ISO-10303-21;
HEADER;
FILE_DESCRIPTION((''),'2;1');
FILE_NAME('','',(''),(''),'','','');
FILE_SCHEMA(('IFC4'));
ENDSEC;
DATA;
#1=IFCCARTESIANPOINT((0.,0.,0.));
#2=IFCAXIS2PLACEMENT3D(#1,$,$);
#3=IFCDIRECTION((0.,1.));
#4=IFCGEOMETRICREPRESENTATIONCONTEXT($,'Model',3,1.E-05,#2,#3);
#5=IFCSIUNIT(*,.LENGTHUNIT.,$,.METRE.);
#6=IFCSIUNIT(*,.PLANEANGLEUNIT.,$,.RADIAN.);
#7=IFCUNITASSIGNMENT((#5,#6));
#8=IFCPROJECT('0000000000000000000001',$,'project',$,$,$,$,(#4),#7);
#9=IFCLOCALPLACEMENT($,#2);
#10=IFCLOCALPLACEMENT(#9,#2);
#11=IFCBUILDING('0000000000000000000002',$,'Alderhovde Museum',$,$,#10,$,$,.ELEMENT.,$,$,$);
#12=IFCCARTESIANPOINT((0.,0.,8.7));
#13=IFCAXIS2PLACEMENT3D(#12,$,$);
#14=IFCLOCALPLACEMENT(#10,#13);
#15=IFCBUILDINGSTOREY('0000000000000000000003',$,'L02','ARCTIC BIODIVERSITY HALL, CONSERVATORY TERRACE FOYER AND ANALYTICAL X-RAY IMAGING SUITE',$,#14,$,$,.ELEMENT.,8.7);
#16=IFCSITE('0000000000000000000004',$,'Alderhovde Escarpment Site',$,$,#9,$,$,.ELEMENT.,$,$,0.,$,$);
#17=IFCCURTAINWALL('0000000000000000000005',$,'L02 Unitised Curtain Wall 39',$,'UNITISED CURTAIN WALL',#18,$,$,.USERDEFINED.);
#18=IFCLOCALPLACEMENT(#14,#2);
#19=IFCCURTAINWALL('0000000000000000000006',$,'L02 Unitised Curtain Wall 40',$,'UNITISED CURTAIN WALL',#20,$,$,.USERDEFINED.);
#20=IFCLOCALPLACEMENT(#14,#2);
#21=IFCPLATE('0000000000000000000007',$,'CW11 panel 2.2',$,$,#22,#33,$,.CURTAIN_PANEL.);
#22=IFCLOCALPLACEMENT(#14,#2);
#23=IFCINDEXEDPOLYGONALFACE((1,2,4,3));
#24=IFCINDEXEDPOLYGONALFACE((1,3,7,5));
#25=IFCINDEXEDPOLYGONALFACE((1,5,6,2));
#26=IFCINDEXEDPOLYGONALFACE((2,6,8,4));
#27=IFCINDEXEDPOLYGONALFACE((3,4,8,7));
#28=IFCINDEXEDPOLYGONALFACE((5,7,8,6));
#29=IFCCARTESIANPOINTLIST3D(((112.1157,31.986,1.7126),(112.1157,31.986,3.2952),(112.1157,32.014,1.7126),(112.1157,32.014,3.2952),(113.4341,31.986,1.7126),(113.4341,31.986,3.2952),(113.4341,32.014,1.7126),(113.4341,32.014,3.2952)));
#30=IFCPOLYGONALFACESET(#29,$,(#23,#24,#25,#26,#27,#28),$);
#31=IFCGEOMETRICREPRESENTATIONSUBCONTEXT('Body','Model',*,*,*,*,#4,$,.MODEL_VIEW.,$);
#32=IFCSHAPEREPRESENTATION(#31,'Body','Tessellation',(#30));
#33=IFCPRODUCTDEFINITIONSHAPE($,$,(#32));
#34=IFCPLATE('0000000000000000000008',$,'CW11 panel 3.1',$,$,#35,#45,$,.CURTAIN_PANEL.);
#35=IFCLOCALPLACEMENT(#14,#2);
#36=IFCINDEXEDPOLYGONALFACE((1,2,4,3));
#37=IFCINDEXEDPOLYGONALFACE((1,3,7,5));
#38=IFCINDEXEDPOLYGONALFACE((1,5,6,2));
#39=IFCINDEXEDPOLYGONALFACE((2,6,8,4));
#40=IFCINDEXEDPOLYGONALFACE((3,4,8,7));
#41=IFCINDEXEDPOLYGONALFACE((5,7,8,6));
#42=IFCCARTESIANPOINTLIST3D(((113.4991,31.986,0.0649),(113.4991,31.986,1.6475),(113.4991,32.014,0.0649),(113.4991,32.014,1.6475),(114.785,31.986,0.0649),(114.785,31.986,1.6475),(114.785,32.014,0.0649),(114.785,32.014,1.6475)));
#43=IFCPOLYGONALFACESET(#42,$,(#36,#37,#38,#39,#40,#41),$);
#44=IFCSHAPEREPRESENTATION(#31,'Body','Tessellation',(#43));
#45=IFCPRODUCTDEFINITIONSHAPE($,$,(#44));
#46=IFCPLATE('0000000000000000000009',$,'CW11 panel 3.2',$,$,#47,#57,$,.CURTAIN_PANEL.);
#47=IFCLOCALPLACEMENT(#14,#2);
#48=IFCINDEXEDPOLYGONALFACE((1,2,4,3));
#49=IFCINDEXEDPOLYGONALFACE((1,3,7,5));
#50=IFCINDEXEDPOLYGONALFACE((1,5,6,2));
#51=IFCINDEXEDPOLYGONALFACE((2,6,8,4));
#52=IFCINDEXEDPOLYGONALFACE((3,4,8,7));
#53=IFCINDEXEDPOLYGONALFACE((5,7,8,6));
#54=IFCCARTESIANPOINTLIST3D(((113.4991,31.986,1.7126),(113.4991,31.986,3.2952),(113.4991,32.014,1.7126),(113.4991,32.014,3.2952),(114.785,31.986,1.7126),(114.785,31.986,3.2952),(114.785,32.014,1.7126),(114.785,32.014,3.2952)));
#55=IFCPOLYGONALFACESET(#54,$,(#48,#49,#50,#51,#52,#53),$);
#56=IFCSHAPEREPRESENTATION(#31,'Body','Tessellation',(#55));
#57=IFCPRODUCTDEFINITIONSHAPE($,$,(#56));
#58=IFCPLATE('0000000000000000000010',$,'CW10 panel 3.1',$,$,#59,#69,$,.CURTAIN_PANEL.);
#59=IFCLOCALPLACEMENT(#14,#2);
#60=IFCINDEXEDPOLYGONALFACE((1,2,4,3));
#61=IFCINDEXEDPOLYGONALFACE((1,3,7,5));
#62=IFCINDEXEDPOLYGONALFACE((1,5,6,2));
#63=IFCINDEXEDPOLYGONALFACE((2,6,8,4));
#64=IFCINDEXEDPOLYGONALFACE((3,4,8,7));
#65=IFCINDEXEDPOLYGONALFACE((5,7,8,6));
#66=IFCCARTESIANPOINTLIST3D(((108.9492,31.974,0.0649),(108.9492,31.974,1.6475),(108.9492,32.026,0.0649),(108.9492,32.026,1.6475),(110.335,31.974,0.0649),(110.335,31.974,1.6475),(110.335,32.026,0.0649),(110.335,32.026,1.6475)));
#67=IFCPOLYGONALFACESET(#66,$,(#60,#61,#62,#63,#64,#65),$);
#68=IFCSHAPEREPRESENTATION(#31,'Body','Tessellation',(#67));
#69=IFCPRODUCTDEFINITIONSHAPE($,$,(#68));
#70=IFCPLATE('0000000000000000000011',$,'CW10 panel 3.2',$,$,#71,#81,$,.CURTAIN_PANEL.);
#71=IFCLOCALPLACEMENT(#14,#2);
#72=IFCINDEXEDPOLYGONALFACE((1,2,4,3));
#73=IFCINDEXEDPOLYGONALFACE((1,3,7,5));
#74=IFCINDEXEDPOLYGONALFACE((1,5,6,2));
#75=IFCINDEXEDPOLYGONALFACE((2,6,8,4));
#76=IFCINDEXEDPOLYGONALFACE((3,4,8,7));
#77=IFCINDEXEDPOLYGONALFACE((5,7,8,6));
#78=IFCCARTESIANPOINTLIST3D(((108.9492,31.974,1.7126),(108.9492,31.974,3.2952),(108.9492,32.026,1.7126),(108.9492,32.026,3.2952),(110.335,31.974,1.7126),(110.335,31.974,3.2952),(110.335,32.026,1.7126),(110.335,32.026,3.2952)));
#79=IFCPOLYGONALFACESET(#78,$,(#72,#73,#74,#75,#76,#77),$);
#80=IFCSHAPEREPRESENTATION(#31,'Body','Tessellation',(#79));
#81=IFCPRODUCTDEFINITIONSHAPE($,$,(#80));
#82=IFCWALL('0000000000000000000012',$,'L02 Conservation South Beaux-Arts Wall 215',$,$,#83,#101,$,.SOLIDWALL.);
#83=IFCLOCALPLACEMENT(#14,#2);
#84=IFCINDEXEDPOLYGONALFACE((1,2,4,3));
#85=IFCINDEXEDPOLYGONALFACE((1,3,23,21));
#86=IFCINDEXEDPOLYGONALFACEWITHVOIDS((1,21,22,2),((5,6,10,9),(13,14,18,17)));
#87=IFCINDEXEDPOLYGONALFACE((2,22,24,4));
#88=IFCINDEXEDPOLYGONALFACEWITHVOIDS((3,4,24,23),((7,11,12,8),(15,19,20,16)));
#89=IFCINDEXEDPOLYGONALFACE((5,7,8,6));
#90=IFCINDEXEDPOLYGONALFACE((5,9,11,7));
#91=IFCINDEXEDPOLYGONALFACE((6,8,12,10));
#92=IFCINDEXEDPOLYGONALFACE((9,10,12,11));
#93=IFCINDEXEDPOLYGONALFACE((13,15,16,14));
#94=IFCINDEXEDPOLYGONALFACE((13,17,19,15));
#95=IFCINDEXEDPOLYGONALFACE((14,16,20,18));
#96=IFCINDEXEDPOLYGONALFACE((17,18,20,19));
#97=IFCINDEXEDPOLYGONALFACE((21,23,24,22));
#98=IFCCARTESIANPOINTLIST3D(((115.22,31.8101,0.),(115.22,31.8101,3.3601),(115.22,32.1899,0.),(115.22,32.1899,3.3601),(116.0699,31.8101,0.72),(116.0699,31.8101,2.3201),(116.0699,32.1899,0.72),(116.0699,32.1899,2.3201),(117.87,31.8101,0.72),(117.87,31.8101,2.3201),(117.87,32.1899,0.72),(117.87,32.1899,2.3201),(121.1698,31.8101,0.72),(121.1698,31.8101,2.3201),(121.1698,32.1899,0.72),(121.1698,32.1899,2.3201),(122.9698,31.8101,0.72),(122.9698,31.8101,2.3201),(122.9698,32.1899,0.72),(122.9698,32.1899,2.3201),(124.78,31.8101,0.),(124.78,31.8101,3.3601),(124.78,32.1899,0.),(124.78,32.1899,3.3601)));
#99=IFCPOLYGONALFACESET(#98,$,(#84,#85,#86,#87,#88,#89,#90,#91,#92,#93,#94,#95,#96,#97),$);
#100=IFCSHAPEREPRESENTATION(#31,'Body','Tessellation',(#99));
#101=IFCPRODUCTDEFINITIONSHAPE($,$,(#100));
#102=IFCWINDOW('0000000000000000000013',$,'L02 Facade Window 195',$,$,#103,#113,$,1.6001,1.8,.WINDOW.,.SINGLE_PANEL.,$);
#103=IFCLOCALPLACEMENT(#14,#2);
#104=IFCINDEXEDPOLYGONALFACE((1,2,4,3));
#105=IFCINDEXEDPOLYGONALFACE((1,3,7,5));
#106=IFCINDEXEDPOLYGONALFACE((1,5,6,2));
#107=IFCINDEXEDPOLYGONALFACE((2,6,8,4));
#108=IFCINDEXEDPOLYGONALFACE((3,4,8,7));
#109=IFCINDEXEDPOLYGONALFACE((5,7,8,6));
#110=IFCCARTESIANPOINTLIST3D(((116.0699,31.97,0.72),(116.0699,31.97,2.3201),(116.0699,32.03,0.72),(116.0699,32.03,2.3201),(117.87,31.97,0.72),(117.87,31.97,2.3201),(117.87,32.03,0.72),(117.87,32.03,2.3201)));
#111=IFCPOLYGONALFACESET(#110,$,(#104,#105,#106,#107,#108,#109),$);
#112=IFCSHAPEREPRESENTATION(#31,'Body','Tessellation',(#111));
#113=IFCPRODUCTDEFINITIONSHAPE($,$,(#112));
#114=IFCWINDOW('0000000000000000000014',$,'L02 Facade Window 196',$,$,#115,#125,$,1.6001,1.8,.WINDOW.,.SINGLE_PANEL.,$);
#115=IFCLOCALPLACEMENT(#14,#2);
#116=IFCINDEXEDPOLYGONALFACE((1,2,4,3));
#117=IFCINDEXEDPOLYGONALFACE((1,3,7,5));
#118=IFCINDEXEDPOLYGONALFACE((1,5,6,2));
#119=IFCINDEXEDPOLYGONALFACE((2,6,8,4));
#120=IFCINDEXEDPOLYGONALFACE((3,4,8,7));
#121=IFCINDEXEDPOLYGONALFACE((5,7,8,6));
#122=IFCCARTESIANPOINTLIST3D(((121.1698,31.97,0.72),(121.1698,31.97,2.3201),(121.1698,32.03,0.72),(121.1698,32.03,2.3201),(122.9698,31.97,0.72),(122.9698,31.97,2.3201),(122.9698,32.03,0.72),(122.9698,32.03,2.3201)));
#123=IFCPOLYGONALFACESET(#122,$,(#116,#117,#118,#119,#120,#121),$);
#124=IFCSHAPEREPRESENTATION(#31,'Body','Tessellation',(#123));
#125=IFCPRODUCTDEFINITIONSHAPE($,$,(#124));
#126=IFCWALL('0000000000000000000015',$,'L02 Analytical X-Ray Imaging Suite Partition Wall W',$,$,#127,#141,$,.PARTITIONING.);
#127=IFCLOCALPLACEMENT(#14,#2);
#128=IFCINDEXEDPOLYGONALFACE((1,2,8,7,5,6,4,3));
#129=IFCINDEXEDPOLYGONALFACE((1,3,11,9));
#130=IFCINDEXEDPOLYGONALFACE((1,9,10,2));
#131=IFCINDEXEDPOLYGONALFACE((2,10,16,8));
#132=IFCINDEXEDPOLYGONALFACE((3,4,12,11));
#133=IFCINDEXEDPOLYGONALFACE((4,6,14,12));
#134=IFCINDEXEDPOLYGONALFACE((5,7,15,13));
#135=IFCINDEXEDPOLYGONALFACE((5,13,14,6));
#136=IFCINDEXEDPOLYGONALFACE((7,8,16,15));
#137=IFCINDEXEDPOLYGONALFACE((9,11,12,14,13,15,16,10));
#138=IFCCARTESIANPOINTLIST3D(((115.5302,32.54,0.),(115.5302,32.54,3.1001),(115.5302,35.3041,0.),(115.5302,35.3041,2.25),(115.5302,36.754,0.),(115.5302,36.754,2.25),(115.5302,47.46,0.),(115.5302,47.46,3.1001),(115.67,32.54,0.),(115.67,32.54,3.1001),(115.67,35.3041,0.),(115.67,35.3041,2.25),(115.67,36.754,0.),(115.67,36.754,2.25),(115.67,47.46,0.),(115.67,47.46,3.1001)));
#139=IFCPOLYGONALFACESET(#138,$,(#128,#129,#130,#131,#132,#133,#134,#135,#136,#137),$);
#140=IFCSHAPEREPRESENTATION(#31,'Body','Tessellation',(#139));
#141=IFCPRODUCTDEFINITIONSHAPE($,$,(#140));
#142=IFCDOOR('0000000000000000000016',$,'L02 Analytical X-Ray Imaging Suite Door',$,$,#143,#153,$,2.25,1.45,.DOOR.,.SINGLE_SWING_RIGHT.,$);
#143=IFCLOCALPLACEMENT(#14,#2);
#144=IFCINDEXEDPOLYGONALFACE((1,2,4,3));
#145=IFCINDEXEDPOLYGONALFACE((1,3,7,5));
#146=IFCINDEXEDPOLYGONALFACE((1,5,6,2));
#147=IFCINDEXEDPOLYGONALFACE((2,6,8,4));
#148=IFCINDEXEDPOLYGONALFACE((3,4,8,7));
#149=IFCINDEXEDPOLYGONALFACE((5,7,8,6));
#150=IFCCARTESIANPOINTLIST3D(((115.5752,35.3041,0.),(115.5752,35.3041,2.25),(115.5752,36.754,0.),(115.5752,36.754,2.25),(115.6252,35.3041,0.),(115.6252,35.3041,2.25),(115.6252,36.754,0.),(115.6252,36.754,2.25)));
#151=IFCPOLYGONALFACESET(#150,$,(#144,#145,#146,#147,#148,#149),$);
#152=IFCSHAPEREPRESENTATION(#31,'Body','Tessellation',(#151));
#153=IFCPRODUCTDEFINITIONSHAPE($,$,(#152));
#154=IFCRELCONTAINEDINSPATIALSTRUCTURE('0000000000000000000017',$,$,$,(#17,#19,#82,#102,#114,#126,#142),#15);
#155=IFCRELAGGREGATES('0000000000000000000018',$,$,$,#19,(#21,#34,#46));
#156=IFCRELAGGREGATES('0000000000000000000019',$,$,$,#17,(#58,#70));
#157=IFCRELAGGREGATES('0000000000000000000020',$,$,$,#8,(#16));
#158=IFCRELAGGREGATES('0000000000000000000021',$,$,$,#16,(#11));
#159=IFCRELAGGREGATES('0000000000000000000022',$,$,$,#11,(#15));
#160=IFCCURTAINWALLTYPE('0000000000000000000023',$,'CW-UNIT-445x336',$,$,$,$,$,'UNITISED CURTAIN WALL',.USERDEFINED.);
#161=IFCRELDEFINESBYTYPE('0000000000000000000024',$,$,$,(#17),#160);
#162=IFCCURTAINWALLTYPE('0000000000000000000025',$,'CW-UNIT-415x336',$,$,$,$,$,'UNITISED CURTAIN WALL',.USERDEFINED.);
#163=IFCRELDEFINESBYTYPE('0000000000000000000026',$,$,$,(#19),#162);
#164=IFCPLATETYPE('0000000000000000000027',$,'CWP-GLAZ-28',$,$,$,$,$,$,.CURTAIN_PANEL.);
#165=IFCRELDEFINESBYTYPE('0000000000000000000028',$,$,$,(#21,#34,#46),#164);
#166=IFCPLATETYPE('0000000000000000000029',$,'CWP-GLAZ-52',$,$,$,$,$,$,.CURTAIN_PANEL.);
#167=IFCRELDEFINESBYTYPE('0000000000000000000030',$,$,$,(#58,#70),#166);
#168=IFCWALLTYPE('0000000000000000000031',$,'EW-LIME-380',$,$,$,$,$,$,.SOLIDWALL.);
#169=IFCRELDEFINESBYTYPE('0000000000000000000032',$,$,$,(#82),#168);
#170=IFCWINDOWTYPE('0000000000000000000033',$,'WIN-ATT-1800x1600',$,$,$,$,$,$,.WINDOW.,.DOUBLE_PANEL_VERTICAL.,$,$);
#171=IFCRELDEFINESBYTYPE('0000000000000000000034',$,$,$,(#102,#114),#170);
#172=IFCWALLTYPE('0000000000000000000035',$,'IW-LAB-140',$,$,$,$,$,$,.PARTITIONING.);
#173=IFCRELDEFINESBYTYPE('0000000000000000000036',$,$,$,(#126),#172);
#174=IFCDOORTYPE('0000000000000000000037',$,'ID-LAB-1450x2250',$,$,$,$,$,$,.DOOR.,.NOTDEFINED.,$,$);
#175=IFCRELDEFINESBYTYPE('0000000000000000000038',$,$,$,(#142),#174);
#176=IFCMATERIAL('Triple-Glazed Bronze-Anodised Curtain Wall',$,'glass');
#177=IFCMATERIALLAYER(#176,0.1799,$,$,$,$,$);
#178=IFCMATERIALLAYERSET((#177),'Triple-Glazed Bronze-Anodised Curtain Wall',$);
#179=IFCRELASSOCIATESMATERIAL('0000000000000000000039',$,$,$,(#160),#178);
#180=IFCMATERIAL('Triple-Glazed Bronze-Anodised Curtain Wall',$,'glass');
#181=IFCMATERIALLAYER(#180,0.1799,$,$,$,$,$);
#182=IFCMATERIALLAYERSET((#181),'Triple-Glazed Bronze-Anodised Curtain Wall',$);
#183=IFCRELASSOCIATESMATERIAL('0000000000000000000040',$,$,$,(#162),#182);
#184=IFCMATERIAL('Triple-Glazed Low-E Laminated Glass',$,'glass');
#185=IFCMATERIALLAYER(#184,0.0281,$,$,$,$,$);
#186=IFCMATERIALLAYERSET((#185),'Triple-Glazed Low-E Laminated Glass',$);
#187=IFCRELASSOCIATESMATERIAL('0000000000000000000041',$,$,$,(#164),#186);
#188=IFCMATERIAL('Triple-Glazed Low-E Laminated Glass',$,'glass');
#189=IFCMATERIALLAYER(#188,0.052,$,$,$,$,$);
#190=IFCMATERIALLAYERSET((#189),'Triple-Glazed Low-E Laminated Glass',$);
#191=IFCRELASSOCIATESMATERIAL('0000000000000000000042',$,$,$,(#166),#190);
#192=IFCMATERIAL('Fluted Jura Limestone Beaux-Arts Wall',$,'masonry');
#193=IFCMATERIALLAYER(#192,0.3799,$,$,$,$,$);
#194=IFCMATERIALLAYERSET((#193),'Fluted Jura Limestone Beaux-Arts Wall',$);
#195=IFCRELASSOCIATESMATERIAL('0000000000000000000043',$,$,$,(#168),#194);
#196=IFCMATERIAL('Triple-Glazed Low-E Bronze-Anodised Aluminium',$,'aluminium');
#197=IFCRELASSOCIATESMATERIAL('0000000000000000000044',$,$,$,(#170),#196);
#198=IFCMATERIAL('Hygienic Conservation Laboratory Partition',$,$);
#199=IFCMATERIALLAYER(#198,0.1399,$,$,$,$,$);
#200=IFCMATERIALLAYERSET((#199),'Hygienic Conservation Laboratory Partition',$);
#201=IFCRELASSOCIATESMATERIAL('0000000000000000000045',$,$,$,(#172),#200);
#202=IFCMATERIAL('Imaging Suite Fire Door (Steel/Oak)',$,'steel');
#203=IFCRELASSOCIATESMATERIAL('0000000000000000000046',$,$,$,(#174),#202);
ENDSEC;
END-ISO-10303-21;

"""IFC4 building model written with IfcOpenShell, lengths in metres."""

from ifc_helpers import new_model, si_unit, direction, frame, frame_2d, origin, origin_2d, place, context, subcontext, project, spatial, rectangle, extrude, material, layer, layer_set, type_object, element, fill, aggregate, save


model = new_model("IFC4")

# Units and contexts
model_context = context("Model", 3, precision=1e-05, world=origin(), true_north=direction((0.0, 1.0)))
body_context = subcontext(model_context, "Body", "Model", "MODEL_VIEW")
ifc_project = project(units=[si_unit("LENGTHUNIT", "METRE"), si_unit("PLANEANGLEUNIT", "RADIAN")], contexts=[model_context])

# Site, building, storey
site_placement = place(None, origin())
site = spatial("IfcSite", under=ifc_project, at=site_placement, Name="Alderhovde Escarpment Site", CompositionType="ELEMENT", RefElevation=0.0)
building_placement = place(site_placement, origin())
building = spatial("IfcBuilding", under=site, at=building_placement, Name="Alderhovde Museum", CompositionType="ELEMENT")
storey_placement = place(building_placement, frame((0.0, 0.0, 8.7)))
storey = spatial("IfcBuildingStorey", under=building, at=storey_placement, Name="L02", Description="ARCTIC BIODIVERSITY HALL, CONSERVATORY TERRACE FOYER AND ANALYTICAL X-RAY IMAGING SUITE", CompositionType="ELEMENT", Elevation=8.7)

# Curtain wall
ifc_material_1 = material(Name="Triple-Glazed Bronze-Anodised Curtain Wall", Category="glass")
ifc_layer_1 = layer(ifc_material_1, 0.1799)
ifc_layer_set_1 = layer_set([ifc_layer_1], Name="Triple-Glazed Bronze-Anodised Curtain Wall")
curtain_wall_type_1 = type_object("IfcCurtainWallType", Name="CW-UNIT-445x336", ElementType="UNITISED CURTAIN WALL", PredefinedType="USERDEFINED", material=ifc_layer_set_1)
curtain_wall_1_placement = place(storey_placement, origin())
curtain_wall_1 = element("IfcCurtainWall", 1, at=curtain_wall_1_placement, inside=storey, type_object=curtain_wall_type_1, Name="L02 Unitised Curtain Wall 39", ObjectType="UNITISED CURTAIN WALL", PredefinedType="USERDEFINED")

# Curtain wall
ifc_material_2 = material(Name="Triple-Glazed Bronze-Anodised Curtain Wall", Category="glass")
ifc_layer_2 = layer(ifc_material_2, 0.1799)
ifc_layer_set_2 = layer_set([ifc_layer_2], Name="Triple-Glazed Bronze-Anodised Curtain Wall")
curtain_wall_type_2 = type_object("IfcCurtainWallType", Name="CW-UNIT-415x336", ElementType="UNITISED CURTAIN WALL", PredefinedType="USERDEFINED", material=ifc_layer_set_2)
curtain_wall_2_placement = place(storey_placement, origin())
curtain_wall_2 = element("IfcCurtainWall", 2, at=curtain_wall_2_placement, inside=storey, type_object=curtain_wall_type_2, Name="L02 Unitised Curtain Wall 40", ObjectType="UNITISED CURTAIN WALL", PredefinedType="USERDEFINED")

# Plates
ifc_material_3 = material(Name="Triple-Glazed Low-E Laminated Glass", Category="glass")
ifc_layer_3 = layer(ifc_material_3, 0.0281)
ifc_layer_set_3 = layer_set([ifc_layer_3], Name="Triple-Glazed Low-E Laminated Glass")
plate_type_1 = type_object("IfcPlateType", Name="CWP-GLAZ-28", PredefinedType="CURTAIN_PANEL", material=ifc_layer_set_3)
plate_1_placement = place(storey_placement, frame((112.7749, 32.0, 1.7126), z_axis=(0.0, 0.0, 1.0), x_axis=(1.0, 0.0, 0.0)))
plate_1 = element("IfcPlate", 3, at=plate_1_placement, type_object=plate_type_1, Name="CW11 panel 2.2", PredefinedType="CURTAIN_PANEL", context=body_context, shape_type="SweptSolid", body=[
    extrude(rectangle(XDim=1.3184, YDim=0.0281, at=origin_2d()), origin(), (0.0, 0.0, 1.0), 1.5825),
])
plate_2_placement = place(storey_placement, frame((114.1421, 32.0, 0.0649), z_axis=(0.0, 0.0, 1.0), x_axis=(1.0, 0.0, 0.0)))
plate_2 = element("IfcPlate", 4, at=plate_2_placement, type_object=plate_type_1, Name="CW11 panel 3.1", PredefinedType="CURTAIN_PANEL", context=body_context, shape_type="SweptSolid", body=[
    extrude(rectangle(XDim=1.2859, YDim=0.0281, at=origin_2d()), origin(), (0.0, 0.0, 1.0), 1.5825),
])
plate_3_placement = place(storey_placement, frame((114.1421, 32.0, 1.7126), z_axis=(0.0, 0.0, 1.0), x_axis=(1.0, 0.0, 0.0)))
plate_3 = element("IfcPlate", 5, at=plate_3_placement, type_object=plate_type_1, Name="CW11 panel 3.2", PredefinedType="CURTAIN_PANEL", context=body_context, shape_type="SweptSolid", body=[
    extrude(rectangle(XDim=1.2859, YDim=0.0281, at=origin_2d()), origin(), (0.0, 0.0, 1.0), 1.5825),
])
aggregate(curtain_wall_2, [plate_1, plate_2, plate_3])
ifc_material_4 = material(Name="Triple-Glazed Low-E Laminated Glass", Category="glass")
ifc_layer_4 = layer(ifc_material_4, 0.052)
ifc_layer_set_4 = layer_set([ifc_layer_4], Name="Triple-Glazed Low-E Laminated Glass")
plate_type_2 = type_object("IfcPlateType", Name="CWP-GLAZ-52", PredefinedType="CURTAIN_PANEL", material=ifc_layer_set_4)
plate_4_placement = place(storey_placement, frame((109.6421, 32.0, 0.0649), z_axis=(0.0, 0.0, 1.0), x_axis=(1.0, 0.0, 0.0)))
plate_4 = element("IfcPlate", 6, at=plate_4_placement, type_object=plate_type_2, Name="CW10 panel 3.1", PredefinedType="CURTAIN_PANEL", context=body_context, shape_type="SweptSolid", body=[
    extrude(rectangle(XDim=1.3857, YDim=0.052, at=origin_2d()), origin(), (0.0, 0.0, 1.0), 1.5825),
])
plate_5_placement = place(storey_placement, frame((109.6421, 32.0, 1.7126), z_axis=(0.0, 0.0, 1.0), x_axis=(1.0, 0.0, 0.0)))
plate_5 = element("IfcPlate", 7, at=plate_5_placement, type_object=plate_type_2, Name="CW10 panel 3.2", PredefinedType="CURTAIN_PANEL", context=body_context, shape_type="SweptSolid", body=[
    extrude(rectangle(XDim=1.3857, YDim=0.052, at=origin_2d()), origin(), (0.0, 0.0, 1.0), 1.5825),
])
aggregate(curtain_wall_1, [plate_4, plate_5])

# Wall, openings, windows
ifc_material_5 = material(Name="Fluted Jura Limestone Beaux-Arts Wall", Category="masonry")
ifc_layer_5 = layer(ifc_material_5, 0.3799)
ifc_layer_set_5 = layer_set([ifc_layer_5], Name="Fluted Jura Limestone Beaux-Arts Wall")
wall_type_1 = type_object("IfcWallType", Name="EW-LIME-380", PredefinedType="SOLIDWALL", material=ifc_layer_set_5)
wall_1_placement = place(storey_placement, frame((115.22, 32.0, 0.0), z_axis=(0.0, 0.0, 1.0), x_axis=(1.0, 0.0, 0.0)))
wall_1 = element("IfcWall", 8, at=wall_1_placement, inside=storey, type_object=wall_type_1, Name="L02 Conservation South Beaux-Arts Wall 215", PredefinedType="SOLIDWALL", context=body_context, shape_type="SweptSolid", body=[
    extrude(rectangle(XDim=9.5601, YDim=0.3799, at=frame_2d((4.78, 0.0))), origin(), (0.0, 0.0, 1.0), 3.3601),
])
opening_1_placement = place(wall_1_placement, frame((0.8501, 0.0, 0.72)))
opening_1 = element("IfcOpeningElement", 9, at=opening_1_placement, cuts=wall_1, PredefinedType="OPENING", context=body_context, shape_type="SweptSolid", body=[
    extrude(rectangle(XDim=1.8, YDim=1.6001, at=frame_2d((0.8999, 0.8))), frame((0.0, 0.2, 0.0), z_axis=(0.0, -1.0, 0.0), x_axis=(1.0, 0.0, 0.0)), (0.0, 0.0, 1.0), 0.3999),
])
opening_2_placement = place(wall_1_placement, frame((5.95, 0.0, 0.72)))
opening_2 = element("IfcOpeningElement", 10, at=opening_2_placement, cuts=wall_1, PredefinedType="OPENING", context=body_context, shape_type="SweptSolid", body=[
    extrude(rectangle(XDim=1.8, YDim=1.6001, at=frame_2d((0.8999, 0.8))), frame((0.0, 0.2, 0.0), z_axis=(0.0, -1.0, 0.0), x_axis=(1.0, 0.0, 0.0)), (0.0, 0.0, 1.0), 0.3999),
])
ifc_material_6 = material(Name="Triple-Glazed Low-E Bronze-Anodised Aluminium", Category="aluminium")
window_type = type_object("IfcWindowType", Name="WIN-ATT-1800x1600", PartitioningType="DOUBLE_PANEL_VERTICAL", PredefinedType="WINDOW", material=ifc_material_6)
window_1_placement = place(opening_1_placement, origin())
window_1 = element("IfcWindow", 11, at=window_1_placement, inside=storey, type_object=window_type, Name="L02 Facade Window 195", OverallHeight=1.6001, OverallWidth=1.8, PartitioningType="SINGLE_PANEL", PredefinedType="WINDOW", context=body_context, shape_type="SweptSolid", body=[
    extrude(rectangle(XDim=1.8, YDim=1.6001, at=frame_2d((0.8999, 0.8))), frame((0.0, 0.03, 0.0), z_axis=(0.0, -1.0, 0.0), x_axis=(1.0, 0.0, 0.0)), (0.0, 0.0, 1.0), 0.0601),
])
fill(opening_1, window_1)
window_2_placement = place(opening_2_placement, origin())
window_2 = element("IfcWindow", 12, at=window_2_placement, inside=storey, type_object=window_type, Name="L02 Facade Window 196", OverallHeight=1.6001, OverallWidth=1.8, PartitioningType="SINGLE_PANEL", PredefinedType="WINDOW", context=body_context, shape_type="SweptSolid", body=[
    extrude(rectangle(XDim=1.8, YDim=1.6001, at=frame_2d((0.8999, 0.8))), frame((0.0, 0.03, 0.0), z_axis=(0.0, -1.0, 0.0), x_axis=(1.0, 0.0, 0.0)), (0.0, 0.0, 1.0), 0.0601),
])
fill(opening_2, window_2)

# Wall, opening, door
ifc_material_7 = material(Name="Hygienic Conservation Laboratory Partition")
ifc_layer_6 = layer(ifc_material_7, 0.1399)
ifc_layer_set_6 = layer_set([ifc_layer_6], Name="Hygienic Conservation Laboratory Partition")
wall_type_2 = type_object("IfcWallType", Name="IW-LAB-140", PredefinedType="PARTITIONING", material=ifc_layer_set_6)
wall_2_placement = place(storey_placement, frame((115.6001, 32.54, 0.0), z_axis=(0.0, 0.0, 1.0), x_axis=(0.0, 1.0, 0.0)))
wall_2 = element("IfcWall", 13, at=wall_2_placement, inside=storey, type_object=wall_type_2, Name="L02 Analytical X-Ray Imaging Suite Partition Wall W", PredefinedType="PARTITIONING", context=body_context, shape_type="SweptSolid", body=[
    extrude(rectangle(XDim=14.9199, YDim=0.1399, at=frame_2d((7.46, 0.0))), origin(), (0.0, 0.0, 1.0), 3.1001),
])
opening_3_placement = place(wall_2_placement, frame((2.7639, 0.0, 0.0)))
opening_3 = element("IfcOpeningElement", 14, at=opening_3_placement, cuts=wall_2, PredefinedType="OPENING", context=body_context, shape_type="SweptSolid", body=[
    extrude(rectangle(XDim=1.45, YDim=2.25, at=frame_2d((0.7251, 1.125))), frame((0.0, 0.0801, 0.0), z_axis=(0.0, -1.0, 0.0), x_axis=(1.0, 0.0, 0.0)), (0.0, 0.0, 1.0), 0.1599),
])
ifc_material_8 = material(Name="Imaging Suite Fire Door (Steel/Oak)", Category="steel")
door_type = type_object("IfcDoorType", Name="ID-LAB-1450x2250", OperationType="NOTDEFINED", PredefinedType="DOOR", material=ifc_material_8)
door_placement = place(opening_3_placement, origin())
door = element("IfcDoor", 15, at=door_placement, inside=storey, type_object=door_type, Name="L02 Analytical X-Ray Imaging Suite Door", OperationType="SINGLE_SWING_RIGHT", OverallHeight=2.25, OverallWidth=1.45, PredefinedType="DOOR", context=body_context, shape_type="SweptSolid", body=[
    extrude(rectangle(XDim=1.45, YDim=2.25, at=frame_2d((0.7251, 1.125))), frame((0.0, 0.0249, 0.0), z_axis=(0.0, -1.0, 0.0), x_axis=(1.0, 0.0, 0.0)), (0.0, 0.0, 1.0), 0.05),
])
fill(opening_3, door)

save(model, "model.ifc")
